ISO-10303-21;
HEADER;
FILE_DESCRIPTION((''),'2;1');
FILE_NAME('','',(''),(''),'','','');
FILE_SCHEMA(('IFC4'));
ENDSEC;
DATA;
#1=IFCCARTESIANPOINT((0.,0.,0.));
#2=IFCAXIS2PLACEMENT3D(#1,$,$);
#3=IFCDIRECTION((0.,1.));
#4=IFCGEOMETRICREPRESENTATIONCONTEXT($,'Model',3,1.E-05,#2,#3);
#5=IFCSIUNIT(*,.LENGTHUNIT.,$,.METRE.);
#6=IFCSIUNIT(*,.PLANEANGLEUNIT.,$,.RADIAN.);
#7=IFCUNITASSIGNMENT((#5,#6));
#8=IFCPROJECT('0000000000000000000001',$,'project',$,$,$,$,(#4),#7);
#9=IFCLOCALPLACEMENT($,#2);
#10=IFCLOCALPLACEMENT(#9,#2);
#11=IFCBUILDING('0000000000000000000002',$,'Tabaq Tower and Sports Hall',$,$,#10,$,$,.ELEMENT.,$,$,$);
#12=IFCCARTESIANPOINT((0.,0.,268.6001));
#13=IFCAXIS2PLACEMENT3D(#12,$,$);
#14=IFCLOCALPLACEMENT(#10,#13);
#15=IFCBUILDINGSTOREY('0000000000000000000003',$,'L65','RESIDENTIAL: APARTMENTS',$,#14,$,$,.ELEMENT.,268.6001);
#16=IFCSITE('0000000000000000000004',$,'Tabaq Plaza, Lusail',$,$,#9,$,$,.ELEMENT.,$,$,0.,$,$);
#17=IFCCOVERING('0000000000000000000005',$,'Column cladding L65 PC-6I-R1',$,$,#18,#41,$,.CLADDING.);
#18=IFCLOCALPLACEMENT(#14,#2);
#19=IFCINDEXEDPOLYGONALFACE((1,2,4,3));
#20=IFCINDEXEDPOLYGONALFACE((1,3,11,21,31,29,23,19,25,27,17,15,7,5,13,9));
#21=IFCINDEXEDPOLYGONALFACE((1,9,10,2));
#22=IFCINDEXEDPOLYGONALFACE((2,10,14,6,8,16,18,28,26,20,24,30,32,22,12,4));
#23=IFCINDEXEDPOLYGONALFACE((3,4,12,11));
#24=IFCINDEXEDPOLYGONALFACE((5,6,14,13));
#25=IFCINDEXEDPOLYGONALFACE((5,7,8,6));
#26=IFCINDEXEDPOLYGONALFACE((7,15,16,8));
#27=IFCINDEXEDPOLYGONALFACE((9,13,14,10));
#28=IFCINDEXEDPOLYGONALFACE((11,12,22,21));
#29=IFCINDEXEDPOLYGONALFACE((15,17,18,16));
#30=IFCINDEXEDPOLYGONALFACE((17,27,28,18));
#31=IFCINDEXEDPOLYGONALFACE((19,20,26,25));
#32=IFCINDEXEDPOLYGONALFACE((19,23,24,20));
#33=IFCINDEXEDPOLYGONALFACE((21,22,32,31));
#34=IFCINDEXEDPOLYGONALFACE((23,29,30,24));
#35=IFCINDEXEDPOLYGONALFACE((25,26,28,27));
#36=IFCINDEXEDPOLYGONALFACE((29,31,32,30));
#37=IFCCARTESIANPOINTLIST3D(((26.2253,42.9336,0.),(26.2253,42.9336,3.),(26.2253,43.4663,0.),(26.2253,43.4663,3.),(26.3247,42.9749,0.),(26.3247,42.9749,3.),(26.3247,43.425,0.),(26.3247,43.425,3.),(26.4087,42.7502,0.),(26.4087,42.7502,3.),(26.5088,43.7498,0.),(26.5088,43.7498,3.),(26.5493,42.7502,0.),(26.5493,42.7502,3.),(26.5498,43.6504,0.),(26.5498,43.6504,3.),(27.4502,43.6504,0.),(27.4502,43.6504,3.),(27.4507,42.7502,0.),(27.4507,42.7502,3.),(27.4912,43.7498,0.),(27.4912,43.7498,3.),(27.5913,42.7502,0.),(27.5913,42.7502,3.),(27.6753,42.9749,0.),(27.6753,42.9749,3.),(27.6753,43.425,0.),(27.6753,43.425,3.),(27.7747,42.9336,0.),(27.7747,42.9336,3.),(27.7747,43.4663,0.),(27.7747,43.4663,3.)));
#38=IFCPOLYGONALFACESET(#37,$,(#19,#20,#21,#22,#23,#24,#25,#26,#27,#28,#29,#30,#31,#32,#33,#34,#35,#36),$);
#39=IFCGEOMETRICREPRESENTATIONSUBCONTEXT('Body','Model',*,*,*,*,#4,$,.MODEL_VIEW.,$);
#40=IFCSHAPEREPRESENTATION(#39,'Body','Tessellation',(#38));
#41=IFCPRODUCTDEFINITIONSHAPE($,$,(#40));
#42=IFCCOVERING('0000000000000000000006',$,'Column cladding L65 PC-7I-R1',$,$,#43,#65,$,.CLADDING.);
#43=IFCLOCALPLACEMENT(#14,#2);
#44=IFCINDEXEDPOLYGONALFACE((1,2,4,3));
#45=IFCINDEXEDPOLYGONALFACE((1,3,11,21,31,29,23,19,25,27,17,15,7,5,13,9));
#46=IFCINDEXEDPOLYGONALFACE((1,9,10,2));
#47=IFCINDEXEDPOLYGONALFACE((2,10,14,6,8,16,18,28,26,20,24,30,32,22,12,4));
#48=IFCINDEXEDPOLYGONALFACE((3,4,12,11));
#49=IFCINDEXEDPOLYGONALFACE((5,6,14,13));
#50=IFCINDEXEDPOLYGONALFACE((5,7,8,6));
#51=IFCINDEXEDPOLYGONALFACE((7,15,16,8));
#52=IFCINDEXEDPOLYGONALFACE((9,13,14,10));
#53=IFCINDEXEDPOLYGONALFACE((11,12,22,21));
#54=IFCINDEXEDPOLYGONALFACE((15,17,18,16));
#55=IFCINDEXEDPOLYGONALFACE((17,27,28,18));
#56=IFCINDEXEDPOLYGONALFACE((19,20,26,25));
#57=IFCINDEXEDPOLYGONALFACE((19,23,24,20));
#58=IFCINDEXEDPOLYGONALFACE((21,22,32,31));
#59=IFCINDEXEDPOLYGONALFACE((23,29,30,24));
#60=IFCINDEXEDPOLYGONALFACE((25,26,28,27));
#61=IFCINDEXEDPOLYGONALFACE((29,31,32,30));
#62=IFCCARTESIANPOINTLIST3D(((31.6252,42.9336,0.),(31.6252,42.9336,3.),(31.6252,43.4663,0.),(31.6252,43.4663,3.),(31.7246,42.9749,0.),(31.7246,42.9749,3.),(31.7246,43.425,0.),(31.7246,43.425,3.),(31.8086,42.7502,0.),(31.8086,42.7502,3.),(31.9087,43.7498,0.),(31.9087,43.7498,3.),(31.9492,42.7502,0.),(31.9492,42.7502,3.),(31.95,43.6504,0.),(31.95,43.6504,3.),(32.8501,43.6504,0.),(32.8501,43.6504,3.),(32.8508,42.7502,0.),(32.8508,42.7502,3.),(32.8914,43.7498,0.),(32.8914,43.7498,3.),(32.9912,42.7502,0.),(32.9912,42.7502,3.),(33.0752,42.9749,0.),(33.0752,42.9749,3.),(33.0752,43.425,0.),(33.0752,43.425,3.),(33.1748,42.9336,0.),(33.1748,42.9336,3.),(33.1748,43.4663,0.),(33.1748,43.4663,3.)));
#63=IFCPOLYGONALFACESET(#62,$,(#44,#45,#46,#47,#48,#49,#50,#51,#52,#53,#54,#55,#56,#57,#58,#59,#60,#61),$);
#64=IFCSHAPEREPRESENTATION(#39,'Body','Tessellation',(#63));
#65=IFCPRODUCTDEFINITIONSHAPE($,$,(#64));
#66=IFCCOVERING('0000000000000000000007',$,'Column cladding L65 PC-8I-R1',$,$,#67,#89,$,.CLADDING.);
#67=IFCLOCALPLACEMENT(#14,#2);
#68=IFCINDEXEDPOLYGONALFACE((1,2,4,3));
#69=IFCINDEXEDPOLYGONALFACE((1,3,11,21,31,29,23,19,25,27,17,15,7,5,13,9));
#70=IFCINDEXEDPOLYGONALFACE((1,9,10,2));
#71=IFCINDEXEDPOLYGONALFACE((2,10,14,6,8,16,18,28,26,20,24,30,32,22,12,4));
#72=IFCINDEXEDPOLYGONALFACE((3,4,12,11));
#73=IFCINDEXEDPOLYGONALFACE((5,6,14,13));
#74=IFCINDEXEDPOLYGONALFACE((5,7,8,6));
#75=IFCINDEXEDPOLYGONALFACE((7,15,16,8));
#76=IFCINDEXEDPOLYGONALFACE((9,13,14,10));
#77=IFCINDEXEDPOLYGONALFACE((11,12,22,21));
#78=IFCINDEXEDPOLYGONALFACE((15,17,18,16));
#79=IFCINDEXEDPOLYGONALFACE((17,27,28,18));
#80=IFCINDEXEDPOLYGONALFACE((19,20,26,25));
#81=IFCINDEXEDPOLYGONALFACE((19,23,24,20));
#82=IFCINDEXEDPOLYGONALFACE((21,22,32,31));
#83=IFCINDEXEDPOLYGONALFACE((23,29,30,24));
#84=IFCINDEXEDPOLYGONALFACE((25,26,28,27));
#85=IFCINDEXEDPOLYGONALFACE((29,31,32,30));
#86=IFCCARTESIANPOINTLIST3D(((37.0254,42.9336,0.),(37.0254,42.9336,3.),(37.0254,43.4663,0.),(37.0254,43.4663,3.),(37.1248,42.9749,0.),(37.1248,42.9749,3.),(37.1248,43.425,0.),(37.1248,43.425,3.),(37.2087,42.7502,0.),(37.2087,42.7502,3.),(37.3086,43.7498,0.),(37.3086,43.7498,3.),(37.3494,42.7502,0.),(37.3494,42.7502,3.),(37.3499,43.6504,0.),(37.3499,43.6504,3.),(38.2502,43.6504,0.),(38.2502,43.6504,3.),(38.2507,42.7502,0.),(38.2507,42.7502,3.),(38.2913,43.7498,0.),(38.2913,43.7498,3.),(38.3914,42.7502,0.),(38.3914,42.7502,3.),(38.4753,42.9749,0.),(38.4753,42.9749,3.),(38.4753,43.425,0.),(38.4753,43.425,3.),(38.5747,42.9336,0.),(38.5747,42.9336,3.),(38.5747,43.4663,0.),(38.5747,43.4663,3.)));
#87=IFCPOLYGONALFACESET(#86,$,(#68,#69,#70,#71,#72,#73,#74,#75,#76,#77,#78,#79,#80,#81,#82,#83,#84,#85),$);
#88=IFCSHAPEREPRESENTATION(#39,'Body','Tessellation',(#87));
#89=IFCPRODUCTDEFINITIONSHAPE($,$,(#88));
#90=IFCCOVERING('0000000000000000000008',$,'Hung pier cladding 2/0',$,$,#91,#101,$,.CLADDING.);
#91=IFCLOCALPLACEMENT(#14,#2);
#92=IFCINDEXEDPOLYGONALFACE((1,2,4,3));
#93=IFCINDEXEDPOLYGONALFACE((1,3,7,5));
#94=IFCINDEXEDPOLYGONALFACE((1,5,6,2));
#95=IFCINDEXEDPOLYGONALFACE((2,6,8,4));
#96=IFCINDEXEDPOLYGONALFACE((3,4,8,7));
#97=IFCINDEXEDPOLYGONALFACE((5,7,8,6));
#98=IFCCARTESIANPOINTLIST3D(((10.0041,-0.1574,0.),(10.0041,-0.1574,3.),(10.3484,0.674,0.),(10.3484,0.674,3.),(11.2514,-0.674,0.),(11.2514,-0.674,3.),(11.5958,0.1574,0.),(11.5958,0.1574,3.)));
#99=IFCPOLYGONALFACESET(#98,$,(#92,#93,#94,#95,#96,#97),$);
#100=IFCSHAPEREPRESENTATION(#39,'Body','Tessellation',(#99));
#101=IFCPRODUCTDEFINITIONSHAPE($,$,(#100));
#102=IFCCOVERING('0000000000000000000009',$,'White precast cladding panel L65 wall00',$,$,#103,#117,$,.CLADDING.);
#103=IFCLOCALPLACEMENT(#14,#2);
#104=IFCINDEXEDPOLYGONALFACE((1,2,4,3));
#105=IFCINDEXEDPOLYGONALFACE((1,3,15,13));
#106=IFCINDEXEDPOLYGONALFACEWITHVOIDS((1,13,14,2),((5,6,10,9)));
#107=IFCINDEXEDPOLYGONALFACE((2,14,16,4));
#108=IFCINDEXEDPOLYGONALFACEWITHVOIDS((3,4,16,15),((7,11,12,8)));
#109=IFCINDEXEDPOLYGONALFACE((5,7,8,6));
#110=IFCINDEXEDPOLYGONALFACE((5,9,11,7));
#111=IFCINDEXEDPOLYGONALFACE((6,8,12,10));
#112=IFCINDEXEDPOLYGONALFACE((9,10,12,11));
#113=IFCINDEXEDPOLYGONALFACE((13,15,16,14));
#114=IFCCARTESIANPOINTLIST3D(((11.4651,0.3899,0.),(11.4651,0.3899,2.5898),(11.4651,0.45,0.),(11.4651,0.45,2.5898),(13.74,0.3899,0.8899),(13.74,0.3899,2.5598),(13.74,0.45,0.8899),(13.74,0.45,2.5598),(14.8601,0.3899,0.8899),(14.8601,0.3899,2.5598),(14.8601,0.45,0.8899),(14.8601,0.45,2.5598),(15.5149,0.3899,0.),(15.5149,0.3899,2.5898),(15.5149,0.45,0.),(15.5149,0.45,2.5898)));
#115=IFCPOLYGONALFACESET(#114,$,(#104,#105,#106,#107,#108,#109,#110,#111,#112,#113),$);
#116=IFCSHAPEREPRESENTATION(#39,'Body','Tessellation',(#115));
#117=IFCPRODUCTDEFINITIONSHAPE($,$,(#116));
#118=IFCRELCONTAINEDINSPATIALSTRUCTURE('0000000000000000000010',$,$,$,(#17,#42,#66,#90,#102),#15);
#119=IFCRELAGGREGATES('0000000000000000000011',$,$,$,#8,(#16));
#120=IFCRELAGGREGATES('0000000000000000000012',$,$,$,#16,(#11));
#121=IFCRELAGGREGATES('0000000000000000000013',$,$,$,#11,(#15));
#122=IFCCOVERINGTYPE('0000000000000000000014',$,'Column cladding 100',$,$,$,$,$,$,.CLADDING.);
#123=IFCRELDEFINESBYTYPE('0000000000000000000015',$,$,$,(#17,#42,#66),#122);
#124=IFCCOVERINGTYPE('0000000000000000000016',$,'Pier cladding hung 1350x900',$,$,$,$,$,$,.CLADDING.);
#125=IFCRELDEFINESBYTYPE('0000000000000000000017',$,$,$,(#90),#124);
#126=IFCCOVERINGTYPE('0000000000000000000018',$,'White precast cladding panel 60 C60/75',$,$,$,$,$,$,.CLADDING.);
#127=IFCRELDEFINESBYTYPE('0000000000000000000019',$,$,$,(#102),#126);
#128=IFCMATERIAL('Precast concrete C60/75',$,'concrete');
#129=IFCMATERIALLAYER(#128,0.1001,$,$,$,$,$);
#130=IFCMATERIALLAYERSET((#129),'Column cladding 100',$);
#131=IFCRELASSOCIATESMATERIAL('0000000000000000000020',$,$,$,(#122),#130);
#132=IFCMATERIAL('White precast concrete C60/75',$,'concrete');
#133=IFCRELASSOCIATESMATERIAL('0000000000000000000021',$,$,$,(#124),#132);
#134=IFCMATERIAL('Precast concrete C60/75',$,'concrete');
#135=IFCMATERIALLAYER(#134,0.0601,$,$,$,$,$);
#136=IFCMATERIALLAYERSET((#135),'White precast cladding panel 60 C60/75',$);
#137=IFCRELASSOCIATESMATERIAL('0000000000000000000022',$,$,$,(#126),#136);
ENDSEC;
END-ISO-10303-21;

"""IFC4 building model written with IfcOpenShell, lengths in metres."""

from ifc_helpers import new_model, si_unit, direction, frame, frame_2d, origin, place, context, subcontext, project, spatial, polyline, rectangle, outline, extrude, material, layer, layer_set, type_object, element, save


model = new_model("IFC4")

# Units and contexts
model_context = context("Model", 3, precision=1e-05, world=origin(), true_north=direction((0.0, 1.0)))
body_context = subcontext(model_context, "Body", "Model", "MODEL_VIEW")
ifc_project = project(units=[si_unit("LENGTHUNIT", "METRE"), si_unit("PLANEANGLEUNIT", "RADIAN")], contexts=[model_context])

# Site, building, storey
site_placement = place(None, origin())
site = spatial("IfcSite", under=ifc_project, at=site_placement, Name="Tabaq Plaza, Lusail", CompositionType="ELEMENT", RefElevation=0.0)
building_placement = place(site_placement, origin())
building = spatial("IfcBuilding", under=site, at=building_placement, Name="Tabaq Tower and Sports Hall", CompositionType="ELEMENT")
storey_placement = place(building_placement, frame((0.0, 0.0, 268.6001)))
storey = spatial("IfcBuildingStorey", under=building, at=storey_placement, Name="L65", Description="RESIDENTIAL: APARTMENTS", CompositionType="ELEMENT", Elevation=268.6001)

# Coverings
ifc_material_1 = material(Name="Precast concrete C60/75", Category="concrete")
ifc_layer_1 = layer(ifc_material_1, 0.1001)
ifc_layer_set_1 = layer_set([ifc_layer_1], Name="Column cladding 100")
covering_type_1 = type_object("IfcCoveringType", Name="Column cladding 100", PredefinedType="CLADDING", material=ifc_layer_set_1)
covering_1_placement = place(storey_placement, origin())
element("IfcCovering", 1, at=covering_1_placement, inside=storey, type_object=covering_type_1, Name="Column cladding L65 PC-6I-R1", PredefinedType="CLADDING", context=body_context, shape_type="SweptSolid", body=[
    extrude(outline(polyline([(26.2253, 43.4663), (26.5088, 43.7498), (27.4912, 43.7498), (27.7747, 43.4663), (27.7747, 42.9336), (27.5913, 42.7502), (27.4507, 42.7502), (27.6753, 42.9749), (27.6753, 43.425), (27.4502, 43.6504), (26.5498, 43.6504), (26.3247, 43.425), (26.3247, 42.9749), (26.5493, 42.7502), (26.4087, 42.7502), (26.2253, 42.9336), (26.2253, 43.4663)])), origin(), (0.0, 0.0, 1.0), 3.0),
])
covering_2_placement = place(storey_placement, origin())
element("IfcCovering", 2, at=covering_2_placement, inside=storey, type_object=covering_type_1, Name="Column cladding L65 PC-7I-R1", PredefinedType="CLADDING", context=body_context, shape_type="SweptSolid", body=[
    extrude(outline(polyline([(31.6252, 43.4663), (31.9087, 43.7498), (32.8914, 43.7498), (33.1748, 43.4663), (33.1748, 42.9336), (32.9912, 42.7502), (32.8508, 42.7502), (33.0752, 42.9749), (33.0752, 43.425), (32.8501, 43.6504), (31.95, 43.6504), (31.7246, 43.425), (31.7246, 42.9749), (31.9492, 42.7502), (31.8086, 42.7502), (31.6252, 42.9336), (31.6252, 43.4663)])), origin(), (0.0, 0.0, 1.0), 3.0),
])
covering_3_placement = place(storey_placement, origin())
element("IfcCovering", 3, at=covering_3_placement, inside=storey, type_object=covering_type_1, Name="Column cladding L65 PC-8I-R1", PredefinedType="CLADDING", context=body_context, shape_type="SweptSolid", body=[
    extrude(outline(polyline([(37.0254, 43.4663), (37.3086, 43.7498), (38.2913, 43.7498), (38.5747, 43.4663), (38.5747, 42.9336), (38.3914, 42.7502), (38.2507, 42.7502), (38.4753, 42.9749), (38.4753, 43.425), (38.2502, 43.6504), (37.3499, 43.6504), (37.1248, 43.425), (37.1248, 42.9749), (37.3494, 42.7502), (37.2087, 42.7502), (37.0254, 42.9336), (37.0254, 43.4663)])), origin(), (0.0, 0.0, 1.0), 3.0),
])
ifc_material_2 = material(Name="White precast concrete C60/75", Category="concrete")
covering_type_2 = type_object("IfcCoveringType", Name="Pier cladding hung 1350x900", PredefinedType="CLADDING", material=ifc_material_2)
covering_4_placement = place(storey_placement, frame((10.1763, 0.2583, 0.0), z_axis=(0.0, 0.0, 1.0), x_axis=(0.923893, -0.38265, 0.0)))
element("IfcCovering", 4, at=covering_4_placement, inside=storey, type_object=covering_type_2, Name="Hung pier cladding 2/0", PredefinedType="CLADDING", context=body_context, shape_type="SweptSolid", body=[
    extrude(rectangle(XDim=1.3501, YDim=0.8999, at=frame_2d((0.675, 0.0))), origin(), (0.0, 0.0, 1.0), 3.0),
])
ifc_material_3 = material(Name="Precast concrete C60/75", Category="concrete")
ifc_layer_2 = layer(ifc_material_3, 0.0601)
ifc_layer_set_2 = layer_set([ifc_layer_2], Name="White precast cladding panel 60 C60/75")
covering_type_3 = type_object("IfcCoveringType", Name="White precast cladding panel 60 C60/75", PredefinedType="CLADDING", material=ifc_layer_set_2)
covering_5_placement = place(storey_placement, frame((11.4651, 0.4199, 0.0), z_axis=(0.0, 0.0, 1.0), x_axis=(1.0, 0.0, 0.0)))
element("IfcCovering", 5, at=covering_5_placement, inside=storey, type_object=covering_type_3, Name="White precast cladding panel L65 wall00", PredefinedType="CLADDING", context=body_context, shape_type="SweptSolid", body=[
    extrude(outline(polyline([(0.0, 0.0), (4.0498, 0.0), (4.0498, 2.5898), (0.0, 2.5898), (0.0, 0.0)]), holes=[polyline([(3.395, 0.8899), (2.2749, 0.8899), (2.2749, 2.5598), (3.395, 2.5598), (3.395, 0.8899)])]), frame((0.0, 0.03, 0.0), z_axis=(0.0, -1.0, 0.0), x_axis=(1.0, 0.0, 0.0)), (0.0, 0.0, 1.0), 0.0601),
])

save(model, "model.ifc")
